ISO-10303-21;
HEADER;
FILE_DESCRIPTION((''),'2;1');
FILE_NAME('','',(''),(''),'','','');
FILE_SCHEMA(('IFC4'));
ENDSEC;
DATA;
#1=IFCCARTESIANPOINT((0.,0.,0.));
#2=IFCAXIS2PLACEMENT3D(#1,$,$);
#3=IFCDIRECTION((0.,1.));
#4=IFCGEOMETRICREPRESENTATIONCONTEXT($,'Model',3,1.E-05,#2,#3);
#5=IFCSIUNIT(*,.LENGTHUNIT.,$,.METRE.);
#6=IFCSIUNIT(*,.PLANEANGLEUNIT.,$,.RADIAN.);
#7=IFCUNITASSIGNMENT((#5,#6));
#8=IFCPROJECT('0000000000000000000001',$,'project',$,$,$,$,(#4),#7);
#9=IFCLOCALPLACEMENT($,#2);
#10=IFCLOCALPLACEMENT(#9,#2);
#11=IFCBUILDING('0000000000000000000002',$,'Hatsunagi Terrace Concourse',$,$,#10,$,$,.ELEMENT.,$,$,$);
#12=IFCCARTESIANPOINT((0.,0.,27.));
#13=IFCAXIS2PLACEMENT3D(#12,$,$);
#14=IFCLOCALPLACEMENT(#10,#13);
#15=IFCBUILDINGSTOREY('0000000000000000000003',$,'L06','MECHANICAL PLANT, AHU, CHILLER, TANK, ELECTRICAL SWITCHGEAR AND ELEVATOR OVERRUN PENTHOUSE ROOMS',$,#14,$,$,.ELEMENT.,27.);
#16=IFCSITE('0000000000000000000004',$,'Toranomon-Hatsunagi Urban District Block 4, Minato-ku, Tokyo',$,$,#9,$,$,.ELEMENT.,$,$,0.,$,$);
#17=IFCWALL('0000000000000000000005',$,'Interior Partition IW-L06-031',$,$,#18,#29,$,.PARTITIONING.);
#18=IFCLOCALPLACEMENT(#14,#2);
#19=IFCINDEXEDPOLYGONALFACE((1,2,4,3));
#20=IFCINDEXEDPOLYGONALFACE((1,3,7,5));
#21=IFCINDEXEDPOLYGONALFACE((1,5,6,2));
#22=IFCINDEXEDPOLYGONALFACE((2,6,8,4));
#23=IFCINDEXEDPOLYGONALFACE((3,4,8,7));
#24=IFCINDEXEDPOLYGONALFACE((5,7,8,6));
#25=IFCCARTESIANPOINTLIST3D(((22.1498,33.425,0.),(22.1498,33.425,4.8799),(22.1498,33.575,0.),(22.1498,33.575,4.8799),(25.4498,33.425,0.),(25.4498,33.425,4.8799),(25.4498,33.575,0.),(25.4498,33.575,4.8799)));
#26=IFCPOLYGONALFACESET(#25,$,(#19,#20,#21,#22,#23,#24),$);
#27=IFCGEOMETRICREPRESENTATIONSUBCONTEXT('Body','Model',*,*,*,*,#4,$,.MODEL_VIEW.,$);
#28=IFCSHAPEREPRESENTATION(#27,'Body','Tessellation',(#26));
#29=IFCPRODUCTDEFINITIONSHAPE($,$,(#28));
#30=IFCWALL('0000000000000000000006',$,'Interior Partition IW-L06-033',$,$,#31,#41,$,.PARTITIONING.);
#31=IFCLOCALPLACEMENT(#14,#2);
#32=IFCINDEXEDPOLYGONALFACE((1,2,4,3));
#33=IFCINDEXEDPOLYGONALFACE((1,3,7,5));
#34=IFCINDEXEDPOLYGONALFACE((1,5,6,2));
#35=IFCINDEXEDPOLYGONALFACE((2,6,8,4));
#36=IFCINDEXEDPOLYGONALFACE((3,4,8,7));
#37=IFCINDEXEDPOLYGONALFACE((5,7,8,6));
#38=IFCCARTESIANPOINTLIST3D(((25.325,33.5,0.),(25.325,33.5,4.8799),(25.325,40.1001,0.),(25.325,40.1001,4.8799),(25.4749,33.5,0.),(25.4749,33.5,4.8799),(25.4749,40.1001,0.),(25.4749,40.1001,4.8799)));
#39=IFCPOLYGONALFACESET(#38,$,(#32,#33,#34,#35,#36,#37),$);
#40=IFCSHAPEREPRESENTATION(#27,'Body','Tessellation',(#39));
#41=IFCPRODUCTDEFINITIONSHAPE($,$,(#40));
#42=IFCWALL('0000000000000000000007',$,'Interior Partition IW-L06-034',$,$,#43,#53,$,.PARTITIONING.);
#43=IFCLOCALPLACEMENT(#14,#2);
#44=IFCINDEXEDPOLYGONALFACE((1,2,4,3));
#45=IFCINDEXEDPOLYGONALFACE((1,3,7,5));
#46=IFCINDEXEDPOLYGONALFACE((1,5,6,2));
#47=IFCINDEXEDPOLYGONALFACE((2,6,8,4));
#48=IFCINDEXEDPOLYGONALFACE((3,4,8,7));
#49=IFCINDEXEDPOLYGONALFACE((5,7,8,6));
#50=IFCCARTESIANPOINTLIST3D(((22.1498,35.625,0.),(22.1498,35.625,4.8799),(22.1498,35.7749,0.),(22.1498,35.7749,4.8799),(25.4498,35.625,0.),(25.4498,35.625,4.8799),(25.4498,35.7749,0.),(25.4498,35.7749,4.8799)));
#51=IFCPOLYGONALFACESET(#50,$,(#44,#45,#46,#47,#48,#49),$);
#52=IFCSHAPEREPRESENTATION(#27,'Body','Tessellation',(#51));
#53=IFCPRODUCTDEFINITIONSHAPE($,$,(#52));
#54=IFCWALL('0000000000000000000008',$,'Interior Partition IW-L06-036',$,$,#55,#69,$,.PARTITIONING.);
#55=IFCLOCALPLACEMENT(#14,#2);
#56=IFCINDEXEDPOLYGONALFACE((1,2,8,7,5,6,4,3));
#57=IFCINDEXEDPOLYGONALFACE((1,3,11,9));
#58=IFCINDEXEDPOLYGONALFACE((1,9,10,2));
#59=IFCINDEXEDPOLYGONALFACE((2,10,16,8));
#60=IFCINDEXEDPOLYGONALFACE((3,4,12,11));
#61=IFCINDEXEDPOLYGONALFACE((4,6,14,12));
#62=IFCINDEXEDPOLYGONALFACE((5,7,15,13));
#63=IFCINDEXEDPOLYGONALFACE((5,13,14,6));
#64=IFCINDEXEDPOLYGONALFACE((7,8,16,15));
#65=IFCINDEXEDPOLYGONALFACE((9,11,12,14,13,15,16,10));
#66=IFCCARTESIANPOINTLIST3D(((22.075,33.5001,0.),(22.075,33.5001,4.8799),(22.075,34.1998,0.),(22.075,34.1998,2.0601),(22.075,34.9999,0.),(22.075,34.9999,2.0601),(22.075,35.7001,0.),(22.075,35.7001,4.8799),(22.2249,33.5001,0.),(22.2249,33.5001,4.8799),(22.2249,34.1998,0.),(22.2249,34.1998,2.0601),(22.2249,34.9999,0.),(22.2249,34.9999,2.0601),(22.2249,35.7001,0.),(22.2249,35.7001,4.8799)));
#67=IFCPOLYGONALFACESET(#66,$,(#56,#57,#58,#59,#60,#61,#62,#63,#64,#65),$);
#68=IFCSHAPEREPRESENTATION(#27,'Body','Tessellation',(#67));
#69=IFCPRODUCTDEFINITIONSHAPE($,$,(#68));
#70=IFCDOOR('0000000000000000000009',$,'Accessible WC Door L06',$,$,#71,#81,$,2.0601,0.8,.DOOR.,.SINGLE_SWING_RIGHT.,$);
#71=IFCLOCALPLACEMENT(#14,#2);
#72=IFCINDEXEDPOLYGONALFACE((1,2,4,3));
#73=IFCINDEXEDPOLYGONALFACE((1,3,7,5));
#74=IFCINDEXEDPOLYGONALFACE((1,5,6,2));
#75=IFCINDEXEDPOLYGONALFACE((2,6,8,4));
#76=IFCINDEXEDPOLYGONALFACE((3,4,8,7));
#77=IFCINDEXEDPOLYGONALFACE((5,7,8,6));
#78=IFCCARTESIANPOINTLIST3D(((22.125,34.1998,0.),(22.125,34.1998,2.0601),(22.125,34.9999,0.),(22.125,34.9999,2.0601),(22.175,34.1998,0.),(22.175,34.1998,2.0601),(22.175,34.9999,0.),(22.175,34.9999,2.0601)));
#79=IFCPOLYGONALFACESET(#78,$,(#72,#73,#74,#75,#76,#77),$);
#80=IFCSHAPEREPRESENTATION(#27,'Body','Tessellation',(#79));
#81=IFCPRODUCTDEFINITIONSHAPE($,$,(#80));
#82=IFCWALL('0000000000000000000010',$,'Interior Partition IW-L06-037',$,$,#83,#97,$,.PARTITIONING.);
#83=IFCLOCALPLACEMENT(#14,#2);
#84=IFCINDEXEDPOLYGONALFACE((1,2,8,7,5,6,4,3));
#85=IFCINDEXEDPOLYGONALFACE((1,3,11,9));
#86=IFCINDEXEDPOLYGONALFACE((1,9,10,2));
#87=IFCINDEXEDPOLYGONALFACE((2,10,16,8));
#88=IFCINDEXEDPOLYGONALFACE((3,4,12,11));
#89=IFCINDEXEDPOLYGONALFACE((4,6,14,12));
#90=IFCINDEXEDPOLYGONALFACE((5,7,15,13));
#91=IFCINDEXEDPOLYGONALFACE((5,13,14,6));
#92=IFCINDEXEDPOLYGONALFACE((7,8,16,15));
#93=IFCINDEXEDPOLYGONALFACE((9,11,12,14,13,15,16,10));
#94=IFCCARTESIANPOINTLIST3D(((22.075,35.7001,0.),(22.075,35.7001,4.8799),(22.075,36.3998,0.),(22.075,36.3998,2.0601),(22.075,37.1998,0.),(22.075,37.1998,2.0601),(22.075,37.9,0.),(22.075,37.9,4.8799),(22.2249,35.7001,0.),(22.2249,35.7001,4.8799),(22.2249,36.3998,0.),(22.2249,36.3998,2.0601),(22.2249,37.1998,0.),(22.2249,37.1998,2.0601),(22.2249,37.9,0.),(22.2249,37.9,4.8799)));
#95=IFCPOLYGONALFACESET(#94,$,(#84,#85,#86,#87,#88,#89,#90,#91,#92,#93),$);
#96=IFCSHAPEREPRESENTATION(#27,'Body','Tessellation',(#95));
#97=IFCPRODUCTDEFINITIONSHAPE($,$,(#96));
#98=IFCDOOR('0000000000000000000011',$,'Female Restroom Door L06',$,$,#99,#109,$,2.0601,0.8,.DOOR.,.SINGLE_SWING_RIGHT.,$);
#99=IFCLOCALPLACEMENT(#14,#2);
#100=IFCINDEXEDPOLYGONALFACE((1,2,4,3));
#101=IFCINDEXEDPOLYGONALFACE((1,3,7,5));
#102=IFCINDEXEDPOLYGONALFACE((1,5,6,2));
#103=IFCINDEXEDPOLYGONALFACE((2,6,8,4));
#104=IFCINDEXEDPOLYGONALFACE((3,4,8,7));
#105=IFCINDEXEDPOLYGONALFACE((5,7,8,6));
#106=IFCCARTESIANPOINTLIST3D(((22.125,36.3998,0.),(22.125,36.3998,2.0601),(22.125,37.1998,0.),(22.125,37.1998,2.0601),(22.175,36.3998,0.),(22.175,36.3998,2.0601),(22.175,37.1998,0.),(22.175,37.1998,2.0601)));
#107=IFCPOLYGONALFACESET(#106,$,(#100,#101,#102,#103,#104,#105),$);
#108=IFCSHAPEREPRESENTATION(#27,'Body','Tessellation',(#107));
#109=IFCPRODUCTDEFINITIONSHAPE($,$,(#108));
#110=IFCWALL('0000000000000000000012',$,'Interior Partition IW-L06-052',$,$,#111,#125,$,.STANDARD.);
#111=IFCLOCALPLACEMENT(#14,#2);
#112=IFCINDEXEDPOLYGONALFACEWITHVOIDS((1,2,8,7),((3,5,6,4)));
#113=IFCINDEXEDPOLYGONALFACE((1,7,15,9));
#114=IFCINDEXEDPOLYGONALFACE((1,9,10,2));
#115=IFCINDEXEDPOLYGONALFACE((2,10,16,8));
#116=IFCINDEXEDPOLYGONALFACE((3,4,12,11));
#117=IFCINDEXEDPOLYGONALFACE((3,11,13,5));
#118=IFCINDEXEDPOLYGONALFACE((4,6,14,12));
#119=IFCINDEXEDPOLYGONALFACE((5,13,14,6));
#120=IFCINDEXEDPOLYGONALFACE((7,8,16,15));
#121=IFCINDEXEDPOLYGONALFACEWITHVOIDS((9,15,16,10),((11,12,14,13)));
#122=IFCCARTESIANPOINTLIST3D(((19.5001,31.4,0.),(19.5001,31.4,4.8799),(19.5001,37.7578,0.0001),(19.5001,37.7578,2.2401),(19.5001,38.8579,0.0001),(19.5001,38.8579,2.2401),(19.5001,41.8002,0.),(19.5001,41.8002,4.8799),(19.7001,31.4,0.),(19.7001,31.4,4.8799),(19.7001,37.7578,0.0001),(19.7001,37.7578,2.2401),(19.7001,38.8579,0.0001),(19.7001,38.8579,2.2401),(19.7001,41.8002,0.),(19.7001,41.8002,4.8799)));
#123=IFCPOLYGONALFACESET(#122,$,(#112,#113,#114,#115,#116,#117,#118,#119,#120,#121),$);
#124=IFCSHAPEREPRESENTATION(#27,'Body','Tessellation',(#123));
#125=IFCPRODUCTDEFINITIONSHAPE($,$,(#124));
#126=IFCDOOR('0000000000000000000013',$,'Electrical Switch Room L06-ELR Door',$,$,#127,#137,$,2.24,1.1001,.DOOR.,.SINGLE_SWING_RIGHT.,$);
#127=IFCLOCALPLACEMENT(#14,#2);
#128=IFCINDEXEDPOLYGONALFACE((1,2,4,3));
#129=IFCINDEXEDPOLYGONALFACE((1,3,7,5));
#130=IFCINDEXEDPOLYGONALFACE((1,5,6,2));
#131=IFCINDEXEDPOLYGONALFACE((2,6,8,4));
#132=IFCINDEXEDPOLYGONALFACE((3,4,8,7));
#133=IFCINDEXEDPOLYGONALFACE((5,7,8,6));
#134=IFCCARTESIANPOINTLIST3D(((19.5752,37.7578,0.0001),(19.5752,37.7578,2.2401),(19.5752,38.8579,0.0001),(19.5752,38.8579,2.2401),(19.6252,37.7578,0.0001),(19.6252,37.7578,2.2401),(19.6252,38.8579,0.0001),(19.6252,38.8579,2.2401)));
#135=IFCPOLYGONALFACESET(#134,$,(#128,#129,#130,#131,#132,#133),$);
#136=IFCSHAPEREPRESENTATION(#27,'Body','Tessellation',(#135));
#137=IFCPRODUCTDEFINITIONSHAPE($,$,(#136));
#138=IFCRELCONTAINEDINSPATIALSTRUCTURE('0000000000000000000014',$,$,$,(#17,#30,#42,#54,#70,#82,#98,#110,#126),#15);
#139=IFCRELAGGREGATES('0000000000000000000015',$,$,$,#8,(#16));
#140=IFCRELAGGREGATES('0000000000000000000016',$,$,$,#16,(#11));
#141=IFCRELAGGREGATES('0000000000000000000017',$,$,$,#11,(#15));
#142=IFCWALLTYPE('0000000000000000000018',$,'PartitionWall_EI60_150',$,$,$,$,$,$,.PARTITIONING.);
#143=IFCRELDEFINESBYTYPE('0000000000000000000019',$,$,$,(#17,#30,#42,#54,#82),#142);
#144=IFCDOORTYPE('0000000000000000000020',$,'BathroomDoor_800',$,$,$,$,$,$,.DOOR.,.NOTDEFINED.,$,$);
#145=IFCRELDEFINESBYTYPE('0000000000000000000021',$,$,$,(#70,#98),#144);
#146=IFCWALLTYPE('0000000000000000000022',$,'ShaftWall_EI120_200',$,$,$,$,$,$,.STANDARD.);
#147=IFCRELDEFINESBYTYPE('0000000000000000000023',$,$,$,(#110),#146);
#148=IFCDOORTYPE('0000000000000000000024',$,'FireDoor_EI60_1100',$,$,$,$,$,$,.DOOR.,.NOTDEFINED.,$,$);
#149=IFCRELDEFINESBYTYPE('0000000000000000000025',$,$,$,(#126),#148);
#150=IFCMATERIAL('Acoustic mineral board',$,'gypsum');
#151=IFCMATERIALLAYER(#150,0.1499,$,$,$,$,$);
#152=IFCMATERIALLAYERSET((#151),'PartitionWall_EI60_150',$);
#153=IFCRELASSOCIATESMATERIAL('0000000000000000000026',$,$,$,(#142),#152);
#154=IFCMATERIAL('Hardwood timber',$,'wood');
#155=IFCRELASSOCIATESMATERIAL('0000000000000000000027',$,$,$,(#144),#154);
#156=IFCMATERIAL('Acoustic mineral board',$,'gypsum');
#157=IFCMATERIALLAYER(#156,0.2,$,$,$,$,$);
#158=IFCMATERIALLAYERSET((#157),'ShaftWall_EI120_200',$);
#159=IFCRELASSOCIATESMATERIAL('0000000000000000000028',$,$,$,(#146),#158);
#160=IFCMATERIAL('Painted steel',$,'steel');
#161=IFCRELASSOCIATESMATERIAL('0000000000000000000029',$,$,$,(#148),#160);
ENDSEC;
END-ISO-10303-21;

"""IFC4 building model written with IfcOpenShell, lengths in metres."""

from ifc_helpers import new_model, si_unit, direction, frame, frame_2d, origin, place, context, subcontext, project, spatial, rectangle, extrude, material, layer, layer_set, type_object, element, fill, save


model = new_model("IFC4")

# Units and contexts
model_context = context("Model", 3, precision=1e-05, world=origin(), true_north=direction((0.0, 1.0)))
body_context = subcontext(model_context, "Body", "Model", "MODEL_VIEW")
ifc_project = project(units=[si_unit("LENGTHUNIT", "METRE"), si_unit("PLANEANGLEUNIT", "RADIAN")], contexts=[model_context])

# Site, building, storey
site_placement = place(None, origin())
site = spatial("IfcSite", under=ifc_project, at=site_placement, Name="Toranomon-Hatsunagi Urban District Block 4, Minato-ku, Tokyo", CompositionType="ELEMENT", RefElevation=0.0)
building_placement = place(site_placement, origin())
building = spatial("IfcBuilding", under=site, at=building_placement, Name="Hatsunagi Terrace Concourse", CompositionType="ELEMENT")
storey_placement = place(building_placement, frame((0.0, 0.0, 27.0)))
storey = spatial("IfcBuildingStorey", under=building, at=storey_placement, Name="L06", Description="MECHANICAL PLANT, AHU, CHILLER, TANK, ELECTRICAL SWITCHGEAR AND ELEVATOR OVERRUN PENTHOUSE ROOMS", CompositionType="ELEMENT", Elevation=27.0)

# Walls
ifc_material_1 = material(Name="Acoustic mineral board", Category="gypsum")
ifc_layer_1 = layer(ifc_material_1, 0.1499)
ifc_layer_set_1 = layer_set([ifc_layer_1], Name="PartitionWall_EI60_150")
wall_type_1 = type_object("IfcWallType", Name="PartitionWall_EI60_150", PredefinedType="PARTITIONING", material=ifc_layer_set_1)
wall_1_placement = place(storey_placement, frame((22.1499, 33.5, 0.0), z_axis=(0.0, 0.0, 1.0), x_axis=(1.0, 0.0, 0.0)))
element("IfcWall", 1, at=wall_1_placement, inside=storey, type_object=wall_type_1, Name="Interior Partition IW-L06-031", PredefinedType="PARTITIONING", context=body_context, shape_type="SweptSolid", body=[
    extrude(rectangle(XDim=3.3, YDim=0.1499, at=frame_2d((1.6499, 0.0))), origin(), (0.0, 0.0, 1.0), 4.8799),
])
wall_2_placement = place(storey_placement, frame((25.3999, 33.5, 0.0), z_axis=(0.0, 0.0, 1.0), x_axis=(0.0, 1.0, 0.0)))
element("IfcWall", 2, at=wall_2_placement, inside=storey, type_object=wall_type_1, Name="Interior Partition IW-L06-033", PredefinedType="PARTITIONING", context=body_context, shape_type="SweptSolid", body=[
    extrude(rectangle(XDim=6.6001, YDim=0.1499, at=frame_2d((3.3, 0.0))), origin(), (0.0, 0.0, 1.0), 4.8799),
])
wall_3_placement = place(storey_placement, frame((22.1499, 35.7, 0.0), z_axis=(0.0, 0.0, 1.0), x_axis=(1.0, 0.0, 0.0)))
element("IfcWall", 3, at=wall_3_placement, inside=storey, type_object=wall_type_1, Name="Interior Partition IW-L06-034", PredefinedType="PARTITIONING", context=body_context, shape_type="SweptSolid", body=[
    extrude(rectangle(XDim=3.3, YDim=0.1499, at=frame_2d((1.6499, 0.0))), origin(), (0.0, 0.0, 1.0), 4.8799),
])

# Walls, openings, doors
wall_4_placement = place(storey_placement, frame((22.1499, 33.5, 0.0), z_axis=(0.0, 0.0, 1.0), x_axis=(0.0, 1.0, 0.0)))
wall_4 = element("IfcWall", 4, at=wall_4_placement, inside=storey, type_object=wall_type_1, Name="Interior Partition IW-L06-036", PredefinedType="PARTITIONING", context=body_context, shape_type="SweptSolid", body=[
    extrude(rectangle(XDim=2.2, YDim=0.1499, at=frame_2d((1.1001, 0.0))), origin(), (0.0, 0.0, 1.0), 4.8799),
])
opening_1_placement = place(wall_4_placement, frame((0.7, 0.0, 0.0)))
opening_1 = element("IfcOpeningElement", 5, at=opening_1_placement, cuts=wall_4, PredefinedType="OPENING", context=body_context, shape_type="SweptSolid", body=[
    extrude(rectangle(XDim=0.8, YDim=2.0601, at=frame_2d((0.3999, 1.03))), frame((0.0, 0.085, 0.0), z_axis=(0.0, -1.0, 0.0), x_axis=(1.0, 0.0, 0.0)), (0.0, 0.0, 1.0), 0.1699),
])
ifc_material_2 = material(Name="Hardwood timber", Category="wood")
door_type_1 = type_object("IfcDoorType", Name="BathroomDoor_800", OperationType="NOTDEFINED", PredefinedType="DOOR", material=ifc_material_2)
door_1_placement = place(opening_1_placement, origin())
door_1 = element("IfcDoor", 6, at=door_1_placement, inside=storey, type_object=door_type_1, Name="Accessible WC Door L06", OperationType="SINGLE_SWING_RIGHT", OverallHeight=2.0601, OverallWidth=0.8, PredefinedType="DOOR", context=body_context, shape_type="SweptSolid", body=[
    extrude(rectangle(XDim=0.8, YDim=2.0601, at=frame_2d((0.3999, 1.03))), frame((0.0, 0.0249, 0.0), z_axis=(0.0, -1.0, 0.0), x_axis=(1.0, 0.0, 0.0)), (0.0, 0.0, 1.0), 0.05),
])
fill(opening_1, door_1)
wall_5_placement = place(storey_placement, frame((22.1499, 35.7, 0.0), z_axis=(0.0, 0.0, 1.0), x_axis=(0.0, 1.0, 0.0)))
wall_5 = element("IfcWall", 7, at=wall_5_placement, inside=storey, type_object=wall_type_1, Name="Interior Partition IW-L06-037", PredefinedType="PARTITIONING", context=body_context, shape_type="SweptSolid", body=[
    extrude(rectangle(XDim=2.2, YDim=0.1499, at=frame_2d((1.1001, 0.0))), origin(), (0.0, 0.0, 1.0), 4.8799),
])
opening_2_placement = place(wall_5_placement, frame((0.7, 0.0, 0.0)))
opening_2 = element("IfcOpeningElement", 8, at=opening_2_placement, cuts=wall_5, PredefinedType="OPENING", context=body_context, shape_type="SweptSolid", body=[
    extrude(rectangle(XDim=0.8, YDim=2.0601, at=frame_2d((0.3999, 1.03))), frame((0.0, 0.085, 0.0), z_axis=(0.0, -1.0, 0.0), x_axis=(1.0, 0.0, 0.0)), (0.0, 0.0, 1.0), 0.1699),
])
door_2_placement = place(opening_2_placement, origin())
door_2 = element("IfcDoor", 9, at=door_2_placement, inside=storey, type_object=door_type_1, Name="Female Restroom Door L06", OperationType="SINGLE_SWING_RIGHT", OverallHeight=2.0601, OverallWidth=0.8, PredefinedType="DOOR", context=body_context, shape_type="SweptSolid", body=[
    extrude(rectangle(XDim=0.8, YDim=2.0601, at=frame_2d((0.3999, 1.03))), frame((0.0, 0.0249, 0.0), z_axis=(0.0, -1.0, 0.0), x_axis=(1.0, 0.0, 0.0)), (0.0, 0.0, 1.0), 0.05),
])
fill(opening_2, door_2)
ifc_material_3 = material(Name="Acoustic mineral board", Category="gypsum")
ifc_layer_2 = layer(ifc_material_3, 0.2)
ifc_layer_set_2 = layer_set([ifc_layer_2], Name="ShaftWall_EI120_200")
wall_type_2 = type_object("IfcWallType", Name="ShaftWall_EI120_200", PredefinedType="STANDARD", material=ifc_layer_set_2)
wall_6_placement = place(storey_placement, frame((19.6001, 31.3999, 0.0), z_axis=(0.0, 0.0, 1.0), x_axis=(0.0, 1.0, 0.0)))
wall_6 = element("IfcWall", 10, at=wall_6_placement, inside=storey, type_object=wall_type_2, Name="Interior Partition IW-L06-052", PredefinedType="STANDARD", context=body_context, shape_type="SweptSolid", body=[
    extrude(rectangle(XDim=10.4001, YDim=0.2, at=frame_2d((5.2002, 0.0))), origin(), (0.0, 0.0, 1.0), 4.8799),
])
opening_3_placement = place(wall_6_placement, frame((6.3579, 0.0, 0.0)))
opening_3 = element("IfcOpeningElement", 11, at=opening_3_placement, cuts=wall_6, PredefinedType="OPENING", context=body_context, shape_type="SweptSolid", body=[
    extrude(rectangle(XDim=1.1001, YDim=2.24, at=frame_2d((0.55, 1.1201))), frame((0.0, 0.1099, 0.0), z_axis=(0.0, -1.0, 0.0), x_axis=(1.0, 0.0, 0.0)), (0.0, 0.0, 1.0), 0.22),
])
ifc_material_4 = material(Name="Painted steel", Category="steel")
door_type_2 = type_object("IfcDoorType", Name="FireDoor_EI60_1100", OperationType="NOTDEFINED", PredefinedType="DOOR", material=ifc_material_4)
door_3_placement = place(opening_3_placement, origin())
door_3 = element("IfcDoor", 12, at=door_3_placement, inside=storey, type_object=door_type_2, Name="Electrical Switch Room L06-ELR Door", OperationType="SINGLE_SWING_RIGHT", OverallHeight=2.24, OverallWidth=1.1001, PredefinedType="DOOR", context=body_context, shape_type="SweptSolid", body=[
    extrude(rectangle(XDim=1.1001, YDim=2.24, at=frame_2d((0.55, 1.1201))), frame((0.0, 0.0249, 0.0), z_axis=(0.0, -1.0, 0.0), x_axis=(1.0, 0.0, 0.0)), (0.0, 0.0, 1.0), 0.05),
])
fill(opening_3, door_3)

save(model, "model.ifc")
